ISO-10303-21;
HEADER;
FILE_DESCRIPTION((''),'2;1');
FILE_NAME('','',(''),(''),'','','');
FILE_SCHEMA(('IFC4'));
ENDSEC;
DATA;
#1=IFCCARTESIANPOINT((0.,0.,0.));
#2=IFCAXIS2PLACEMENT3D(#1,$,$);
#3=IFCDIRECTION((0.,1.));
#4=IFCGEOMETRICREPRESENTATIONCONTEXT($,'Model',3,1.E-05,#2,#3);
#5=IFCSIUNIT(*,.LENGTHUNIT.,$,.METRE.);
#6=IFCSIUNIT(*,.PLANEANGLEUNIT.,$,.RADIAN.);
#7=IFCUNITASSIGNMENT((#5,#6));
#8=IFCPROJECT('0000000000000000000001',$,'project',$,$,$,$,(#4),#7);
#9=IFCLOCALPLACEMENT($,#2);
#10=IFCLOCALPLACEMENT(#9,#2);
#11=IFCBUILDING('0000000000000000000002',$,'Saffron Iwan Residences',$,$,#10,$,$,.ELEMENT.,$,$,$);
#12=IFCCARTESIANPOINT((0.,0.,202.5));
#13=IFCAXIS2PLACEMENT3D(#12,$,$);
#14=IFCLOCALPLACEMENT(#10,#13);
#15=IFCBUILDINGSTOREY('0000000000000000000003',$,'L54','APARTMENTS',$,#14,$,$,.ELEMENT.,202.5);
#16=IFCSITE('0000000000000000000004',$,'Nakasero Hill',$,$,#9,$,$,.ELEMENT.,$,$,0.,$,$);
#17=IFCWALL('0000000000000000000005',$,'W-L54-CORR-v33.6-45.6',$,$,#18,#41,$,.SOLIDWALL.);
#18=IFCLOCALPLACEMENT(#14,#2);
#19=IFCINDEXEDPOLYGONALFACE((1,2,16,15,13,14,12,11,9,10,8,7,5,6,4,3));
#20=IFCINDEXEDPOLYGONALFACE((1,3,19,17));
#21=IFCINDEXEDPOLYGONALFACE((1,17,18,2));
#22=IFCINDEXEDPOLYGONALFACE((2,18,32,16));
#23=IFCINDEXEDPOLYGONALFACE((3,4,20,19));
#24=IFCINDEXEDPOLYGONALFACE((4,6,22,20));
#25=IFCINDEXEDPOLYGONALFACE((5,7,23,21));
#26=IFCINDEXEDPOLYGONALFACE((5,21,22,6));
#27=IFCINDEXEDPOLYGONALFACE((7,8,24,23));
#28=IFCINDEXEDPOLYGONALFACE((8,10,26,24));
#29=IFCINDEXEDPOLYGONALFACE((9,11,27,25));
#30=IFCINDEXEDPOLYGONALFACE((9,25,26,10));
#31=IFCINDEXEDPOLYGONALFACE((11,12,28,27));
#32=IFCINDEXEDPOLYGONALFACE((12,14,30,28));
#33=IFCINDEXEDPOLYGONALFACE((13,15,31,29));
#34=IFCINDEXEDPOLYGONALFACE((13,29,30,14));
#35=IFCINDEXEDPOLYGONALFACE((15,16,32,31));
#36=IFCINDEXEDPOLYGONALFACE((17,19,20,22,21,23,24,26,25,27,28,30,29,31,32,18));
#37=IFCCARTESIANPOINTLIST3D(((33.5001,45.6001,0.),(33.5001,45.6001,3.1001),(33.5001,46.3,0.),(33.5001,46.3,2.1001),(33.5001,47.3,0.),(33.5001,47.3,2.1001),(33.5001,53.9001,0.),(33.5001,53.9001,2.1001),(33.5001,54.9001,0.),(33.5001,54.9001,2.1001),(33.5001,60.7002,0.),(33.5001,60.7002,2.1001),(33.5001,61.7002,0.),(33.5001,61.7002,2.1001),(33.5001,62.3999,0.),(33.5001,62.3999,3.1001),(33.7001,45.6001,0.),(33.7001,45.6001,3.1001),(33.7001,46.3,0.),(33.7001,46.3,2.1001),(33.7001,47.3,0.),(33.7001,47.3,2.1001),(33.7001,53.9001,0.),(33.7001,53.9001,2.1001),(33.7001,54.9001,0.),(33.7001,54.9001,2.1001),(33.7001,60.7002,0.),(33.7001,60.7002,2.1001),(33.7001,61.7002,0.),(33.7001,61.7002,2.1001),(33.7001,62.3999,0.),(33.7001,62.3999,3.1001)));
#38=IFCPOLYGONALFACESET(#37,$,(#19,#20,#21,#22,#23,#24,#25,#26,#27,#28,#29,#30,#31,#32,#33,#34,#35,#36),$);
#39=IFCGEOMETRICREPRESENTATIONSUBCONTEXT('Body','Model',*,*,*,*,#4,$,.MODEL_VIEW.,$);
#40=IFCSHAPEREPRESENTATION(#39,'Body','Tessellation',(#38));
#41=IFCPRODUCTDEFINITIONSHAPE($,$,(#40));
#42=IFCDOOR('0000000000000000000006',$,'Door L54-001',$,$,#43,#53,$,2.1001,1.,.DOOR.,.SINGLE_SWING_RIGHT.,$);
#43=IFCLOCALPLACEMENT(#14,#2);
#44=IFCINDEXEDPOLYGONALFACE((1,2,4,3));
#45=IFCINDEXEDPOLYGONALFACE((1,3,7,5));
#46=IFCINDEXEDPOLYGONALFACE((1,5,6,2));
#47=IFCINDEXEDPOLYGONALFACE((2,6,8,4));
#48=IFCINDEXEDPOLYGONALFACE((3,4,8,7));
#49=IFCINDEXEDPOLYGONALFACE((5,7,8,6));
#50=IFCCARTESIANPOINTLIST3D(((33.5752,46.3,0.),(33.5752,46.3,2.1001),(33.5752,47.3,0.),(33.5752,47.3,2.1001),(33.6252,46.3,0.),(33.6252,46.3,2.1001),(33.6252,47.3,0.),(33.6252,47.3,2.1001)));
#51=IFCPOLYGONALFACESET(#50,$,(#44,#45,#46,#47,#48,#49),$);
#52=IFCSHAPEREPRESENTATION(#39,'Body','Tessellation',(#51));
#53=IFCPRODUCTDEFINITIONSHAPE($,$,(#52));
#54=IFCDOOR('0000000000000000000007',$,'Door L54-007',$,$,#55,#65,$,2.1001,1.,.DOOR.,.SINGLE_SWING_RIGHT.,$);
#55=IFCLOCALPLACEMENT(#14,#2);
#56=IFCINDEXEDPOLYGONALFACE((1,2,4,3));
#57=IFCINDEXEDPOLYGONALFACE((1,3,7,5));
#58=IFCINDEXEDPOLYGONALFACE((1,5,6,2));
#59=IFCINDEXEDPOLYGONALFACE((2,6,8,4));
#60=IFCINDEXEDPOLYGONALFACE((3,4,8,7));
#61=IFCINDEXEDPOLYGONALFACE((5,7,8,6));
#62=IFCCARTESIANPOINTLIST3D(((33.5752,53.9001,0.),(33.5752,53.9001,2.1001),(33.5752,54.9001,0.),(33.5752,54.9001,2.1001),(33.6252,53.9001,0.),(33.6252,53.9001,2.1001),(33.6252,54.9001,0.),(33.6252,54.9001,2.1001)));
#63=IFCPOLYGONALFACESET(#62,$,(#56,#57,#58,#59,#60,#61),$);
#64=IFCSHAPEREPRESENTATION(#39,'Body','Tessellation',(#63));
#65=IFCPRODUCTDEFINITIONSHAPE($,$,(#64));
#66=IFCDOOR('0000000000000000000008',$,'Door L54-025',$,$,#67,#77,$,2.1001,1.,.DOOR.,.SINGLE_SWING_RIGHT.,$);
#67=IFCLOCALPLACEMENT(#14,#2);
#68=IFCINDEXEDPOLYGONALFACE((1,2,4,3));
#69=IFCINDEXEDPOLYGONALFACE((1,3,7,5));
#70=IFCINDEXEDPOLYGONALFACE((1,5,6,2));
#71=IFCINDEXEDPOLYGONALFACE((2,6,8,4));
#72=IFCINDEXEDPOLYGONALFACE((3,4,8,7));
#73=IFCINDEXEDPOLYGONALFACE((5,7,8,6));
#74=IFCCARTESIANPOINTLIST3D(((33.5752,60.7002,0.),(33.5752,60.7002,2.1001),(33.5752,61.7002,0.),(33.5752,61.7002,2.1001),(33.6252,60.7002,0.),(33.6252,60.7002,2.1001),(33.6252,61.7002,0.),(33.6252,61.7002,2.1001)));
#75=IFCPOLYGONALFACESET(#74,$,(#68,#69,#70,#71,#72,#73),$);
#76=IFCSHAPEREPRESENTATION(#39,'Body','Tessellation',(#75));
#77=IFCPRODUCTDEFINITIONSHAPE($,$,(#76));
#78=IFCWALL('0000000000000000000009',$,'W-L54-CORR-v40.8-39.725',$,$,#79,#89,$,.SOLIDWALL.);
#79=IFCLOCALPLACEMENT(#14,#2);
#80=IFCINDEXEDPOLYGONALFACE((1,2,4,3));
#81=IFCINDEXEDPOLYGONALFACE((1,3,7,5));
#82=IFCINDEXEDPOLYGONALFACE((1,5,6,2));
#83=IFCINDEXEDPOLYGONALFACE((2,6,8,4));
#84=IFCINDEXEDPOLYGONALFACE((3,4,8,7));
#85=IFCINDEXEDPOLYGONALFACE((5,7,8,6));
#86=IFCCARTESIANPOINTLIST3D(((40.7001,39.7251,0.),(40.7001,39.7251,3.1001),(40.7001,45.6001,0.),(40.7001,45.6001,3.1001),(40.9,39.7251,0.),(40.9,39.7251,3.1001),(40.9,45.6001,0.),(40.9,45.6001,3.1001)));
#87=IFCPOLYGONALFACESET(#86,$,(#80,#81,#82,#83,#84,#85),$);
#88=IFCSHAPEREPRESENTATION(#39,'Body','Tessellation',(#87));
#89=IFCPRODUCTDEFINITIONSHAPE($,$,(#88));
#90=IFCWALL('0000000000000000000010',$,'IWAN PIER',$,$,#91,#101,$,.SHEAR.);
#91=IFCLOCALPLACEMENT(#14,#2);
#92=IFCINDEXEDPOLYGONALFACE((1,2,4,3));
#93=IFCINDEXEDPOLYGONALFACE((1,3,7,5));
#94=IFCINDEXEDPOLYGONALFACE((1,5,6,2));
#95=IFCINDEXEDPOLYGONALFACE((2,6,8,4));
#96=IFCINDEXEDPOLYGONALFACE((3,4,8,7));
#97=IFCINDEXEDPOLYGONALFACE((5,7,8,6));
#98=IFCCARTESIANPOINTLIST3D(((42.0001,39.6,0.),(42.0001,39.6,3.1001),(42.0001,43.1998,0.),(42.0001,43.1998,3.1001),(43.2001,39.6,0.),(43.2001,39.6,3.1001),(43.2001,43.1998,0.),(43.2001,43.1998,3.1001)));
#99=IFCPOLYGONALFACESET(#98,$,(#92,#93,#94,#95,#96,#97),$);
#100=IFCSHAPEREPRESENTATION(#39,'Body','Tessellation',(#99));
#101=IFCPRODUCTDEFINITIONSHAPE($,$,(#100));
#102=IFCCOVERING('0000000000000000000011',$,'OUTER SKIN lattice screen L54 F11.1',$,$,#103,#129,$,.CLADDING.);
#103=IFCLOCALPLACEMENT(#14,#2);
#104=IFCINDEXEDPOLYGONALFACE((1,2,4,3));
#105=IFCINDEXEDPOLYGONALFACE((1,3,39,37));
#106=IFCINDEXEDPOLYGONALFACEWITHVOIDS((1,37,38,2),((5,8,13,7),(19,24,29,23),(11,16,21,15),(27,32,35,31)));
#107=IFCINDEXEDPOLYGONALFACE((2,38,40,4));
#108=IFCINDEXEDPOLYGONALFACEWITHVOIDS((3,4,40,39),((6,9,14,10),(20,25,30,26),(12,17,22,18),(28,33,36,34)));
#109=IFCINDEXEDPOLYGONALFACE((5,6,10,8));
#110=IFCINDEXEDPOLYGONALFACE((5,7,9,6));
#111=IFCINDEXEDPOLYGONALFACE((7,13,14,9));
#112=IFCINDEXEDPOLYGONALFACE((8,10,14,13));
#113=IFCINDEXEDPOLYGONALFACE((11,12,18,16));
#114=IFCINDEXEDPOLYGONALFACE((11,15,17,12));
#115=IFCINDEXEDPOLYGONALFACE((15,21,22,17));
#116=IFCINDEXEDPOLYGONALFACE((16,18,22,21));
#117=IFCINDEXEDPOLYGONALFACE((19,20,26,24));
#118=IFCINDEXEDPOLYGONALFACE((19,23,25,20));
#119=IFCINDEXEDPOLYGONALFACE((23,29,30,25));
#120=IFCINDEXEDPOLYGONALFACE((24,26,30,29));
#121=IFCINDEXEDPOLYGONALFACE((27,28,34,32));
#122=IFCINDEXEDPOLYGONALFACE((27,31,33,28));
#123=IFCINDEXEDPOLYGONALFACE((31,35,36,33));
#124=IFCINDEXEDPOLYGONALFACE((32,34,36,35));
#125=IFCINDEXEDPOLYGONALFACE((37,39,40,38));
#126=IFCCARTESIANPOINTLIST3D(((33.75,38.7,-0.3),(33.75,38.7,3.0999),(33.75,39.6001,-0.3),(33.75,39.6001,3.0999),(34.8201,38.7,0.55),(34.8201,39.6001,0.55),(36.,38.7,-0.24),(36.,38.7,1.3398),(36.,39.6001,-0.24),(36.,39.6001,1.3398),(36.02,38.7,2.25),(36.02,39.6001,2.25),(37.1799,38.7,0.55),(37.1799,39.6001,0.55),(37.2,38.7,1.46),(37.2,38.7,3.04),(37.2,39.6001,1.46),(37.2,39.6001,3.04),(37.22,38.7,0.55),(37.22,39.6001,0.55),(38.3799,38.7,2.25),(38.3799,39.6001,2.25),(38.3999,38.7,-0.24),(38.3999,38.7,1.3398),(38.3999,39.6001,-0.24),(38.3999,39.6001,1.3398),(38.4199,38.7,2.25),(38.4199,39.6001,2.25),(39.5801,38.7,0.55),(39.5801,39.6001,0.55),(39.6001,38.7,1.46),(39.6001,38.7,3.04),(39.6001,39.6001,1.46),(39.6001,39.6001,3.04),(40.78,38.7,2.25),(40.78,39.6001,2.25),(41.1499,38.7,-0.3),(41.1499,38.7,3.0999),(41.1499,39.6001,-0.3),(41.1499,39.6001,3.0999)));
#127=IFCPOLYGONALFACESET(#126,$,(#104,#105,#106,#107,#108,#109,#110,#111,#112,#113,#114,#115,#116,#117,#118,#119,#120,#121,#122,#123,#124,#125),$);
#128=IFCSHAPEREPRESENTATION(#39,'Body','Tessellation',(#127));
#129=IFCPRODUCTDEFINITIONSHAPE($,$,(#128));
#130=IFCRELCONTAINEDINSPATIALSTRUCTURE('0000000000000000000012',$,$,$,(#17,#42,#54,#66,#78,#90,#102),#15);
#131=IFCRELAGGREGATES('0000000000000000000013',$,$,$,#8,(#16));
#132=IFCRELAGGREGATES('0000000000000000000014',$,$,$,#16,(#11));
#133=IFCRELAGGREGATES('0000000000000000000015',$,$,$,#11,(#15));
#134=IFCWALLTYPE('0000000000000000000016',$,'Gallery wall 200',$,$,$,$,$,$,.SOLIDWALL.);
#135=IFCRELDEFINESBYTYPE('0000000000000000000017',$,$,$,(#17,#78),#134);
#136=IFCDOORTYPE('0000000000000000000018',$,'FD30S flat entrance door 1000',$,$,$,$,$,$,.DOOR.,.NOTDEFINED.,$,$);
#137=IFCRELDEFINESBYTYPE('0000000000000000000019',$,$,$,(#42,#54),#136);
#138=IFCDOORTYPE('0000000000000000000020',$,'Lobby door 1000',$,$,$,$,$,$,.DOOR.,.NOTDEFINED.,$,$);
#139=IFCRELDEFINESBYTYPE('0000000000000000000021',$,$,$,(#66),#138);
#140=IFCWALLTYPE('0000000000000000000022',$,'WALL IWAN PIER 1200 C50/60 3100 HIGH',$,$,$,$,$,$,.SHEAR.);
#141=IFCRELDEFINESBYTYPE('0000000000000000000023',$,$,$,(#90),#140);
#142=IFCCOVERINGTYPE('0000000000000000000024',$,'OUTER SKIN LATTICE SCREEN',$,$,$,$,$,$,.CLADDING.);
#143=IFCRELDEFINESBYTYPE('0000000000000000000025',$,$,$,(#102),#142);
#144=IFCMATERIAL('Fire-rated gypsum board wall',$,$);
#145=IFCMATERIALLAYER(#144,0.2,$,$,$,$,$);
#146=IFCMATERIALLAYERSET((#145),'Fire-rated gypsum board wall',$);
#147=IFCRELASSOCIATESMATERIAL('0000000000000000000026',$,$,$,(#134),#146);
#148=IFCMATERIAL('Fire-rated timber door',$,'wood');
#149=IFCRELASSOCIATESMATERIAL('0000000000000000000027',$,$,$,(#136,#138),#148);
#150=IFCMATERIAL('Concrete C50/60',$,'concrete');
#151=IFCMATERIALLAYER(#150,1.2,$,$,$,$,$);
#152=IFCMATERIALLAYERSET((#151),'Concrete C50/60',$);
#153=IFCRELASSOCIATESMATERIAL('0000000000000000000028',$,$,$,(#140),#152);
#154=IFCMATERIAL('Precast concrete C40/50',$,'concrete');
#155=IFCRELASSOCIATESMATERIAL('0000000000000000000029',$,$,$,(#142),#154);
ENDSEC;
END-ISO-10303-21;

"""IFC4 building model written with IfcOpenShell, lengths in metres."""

from ifc_helpers import new_model, si_unit, direction, frame, frame_2d, origin, place, context, subcontext, project, spatial, polyline, rectangle, outline, extrude, material, layer, layer_set, type_object, element, fill, save


model = new_model("IFC4")

# Units and contexts
model_context = context("Model", 3, precision=1e-05, world=origin(), true_north=direction((0.0, 1.0)))
body_context = subcontext(model_context, "Body", "Model", "MODEL_VIEW")
ifc_project = project(units=[si_unit("LENGTHUNIT", "METRE"), si_unit("PLANEANGLEUNIT", "RADIAN")], contexts=[model_context])

# Site, building, storey
site_placement = place(None, origin())
site = spatial("IfcSite", under=ifc_project, at=site_placement, Name="Nakasero Hill", CompositionType="ELEMENT", RefElevation=0.0)
building_placement = place(site_placement, origin())
building = spatial("IfcBuilding", under=site, at=building_placement, Name="Saffron Iwan Residences", CompositionType="ELEMENT")
storey_placement = place(building_placement, frame((0.0, 0.0, 202.5)))
storey = spatial("IfcBuildingStorey", under=building, at=storey_placement, Name="L54", Description="APARTMENTS", CompositionType="ELEMENT", Elevation=202.5)

# Shared definitions
ifc_material_1 = material(Name="Concrete C50/60", Category="concrete")

# Shared definitions
ifc_material_2 = material(Name="Fire-rated gypsum board wall")
ifc_layer_1 = layer(ifc_material_2, 0.2)
ifc_layer_set_1 = layer_set([ifc_layer_1], Name="Fire-rated gypsum board wall")
wall_type_1 = type_object("IfcWallType", Name="Gallery wall 200", PredefinedType="SOLIDWALL", material=ifc_layer_set_1)

# Wall, openings, doors
wall_1_placement = place(storey_placement, frame((33.6001, 45.6001, 0.0), z_axis=(0.0, 0.0, 1.0), x_axis=(0.0, 1.0, 0.0)))
wall_1 = element("IfcWall", 1, at=wall_1_placement, inside=storey, type_object=wall_type_1, Name="W-L54-CORR-v33.6-45.6", PredefinedType="SOLIDWALL", context=body_context, shape_type="SweptSolid", body=[
    extrude(rectangle(XDim=16.7998, YDim=0.2, at=frame_2d((8.3999, 0.0))), origin(), (0.0, 0.0, 1.0), 3.1001),
])
opening_1_placement = place(wall_1_placement, frame((0.7, 0.0, 0.0)))
opening_1 = element("IfcOpeningElement", 2, at=opening_1_placement, cuts=wall_1, PredefinedType="OPENING", context=body_context, shape_type="SweptSolid", body=[
    extrude(rectangle(XDim=1.0, YDim=2.1001, at=frame_2d((0.5, 1.05))), frame((0.0, 0.1099, 0.0), z_axis=(0.0, -1.0, 0.0), x_axis=(1.0, 0.0, 0.0)), (0.0, 0.0, 1.0), 0.22),
])
opening_2_placement = place(wall_1_placement, frame((8.3, 0.0, 0.0)))
opening_2 = element("IfcOpeningElement", 3, at=opening_2_placement, cuts=wall_1, PredefinedType="OPENING", context=body_context, shape_type="SweptSolid", body=[
    extrude(rectangle(XDim=1.0, YDim=2.1001, at=frame_2d((0.5, 1.05))), frame((0.0, 0.1099, 0.0), z_axis=(0.0, -1.0, 0.0), x_axis=(1.0, 0.0, 0.0)), (0.0, 0.0, 1.0), 0.22),
])
opening_3_placement = place(wall_1_placement, frame((15.1001, 0.0, 0.0)))
opening_3 = element("IfcOpeningElement", 4, at=opening_3_placement, cuts=wall_1, PredefinedType="OPENING", context=body_context, shape_type="SweptSolid", body=[
    extrude(rectangle(XDim=1.0, YDim=2.1001, at=frame_2d((0.5, 1.05))), frame((0.0, 0.1099, 0.0), z_axis=(0.0, -1.0, 0.0), x_axis=(1.0, 0.0, 0.0)), (0.0, 0.0, 1.0), 0.22),
])
ifc_material_3 = material(Name="Fire-rated timber door", Category="wood")
door_type_1 = type_object("IfcDoorType", Name="FD30S flat entrance door 1000", OperationType="NOTDEFINED", PredefinedType="DOOR", material=ifc_material_3)
door_1_placement = place(opening_1_placement, origin())
door_1 = element("IfcDoor", 5, at=door_1_placement, inside=storey, type_object=door_type_1, Name="Door L54-001", OperationType="SINGLE_SWING_RIGHT", OverallHeight=2.1001, OverallWidth=1.0, PredefinedType="DOOR", context=body_context, shape_type="SweptSolid", body=[
    extrude(rectangle(XDim=1.0, YDim=2.1001, at=frame_2d((0.5, 1.05))), frame((0.0, 0.0249, 0.0), z_axis=(0.0, -1.0, 0.0), x_axis=(1.0, 0.0, 0.0)), (0.0, 0.0, 1.0), 0.05),
])
fill(opening_1, door_1)
door_2_placement = place(opening_2_placement, origin())
door_2 = element("IfcDoor", 6, at=door_2_placement, inside=storey, type_object=door_type_1, Name="Door L54-007", OperationType="SINGLE_SWING_RIGHT", OverallHeight=2.1001, OverallWidth=1.0, PredefinedType="DOOR", context=body_context, shape_type="SweptSolid", body=[
    extrude(rectangle(XDim=1.0, YDim=2.1001, at=frame_2d((0.5, 1.05))), frame((0.0, 0.0249, 0.0), z_axis=(0.0, -1.0, 0.0), x_axis=(1.0, 0.0, 0.0)), (0.0, 0.0, 1.0), 0.05),
])
fill(opening_2, door_2)
door_type_2 = type_object("IfcDoorType", Name="Lobby door 1000", OperationType="NOTDEFINED", PredefinedType="DOOR", material=ifc_material_3)
door_3_placement = place(opening_3_placement, origin())
door_3 = element("IfcDoor", 7, at=door_3_placement, inside=storey, type_object=door_type_2, Name="Door L54-025", OperationType="SINGLE_SWING_RIGHT", OverallHeight=2.1001, OverallWidth=1.0, PredefinedType="DOOR", context=body_context, shape_type="SweptSolid", body=[
    extrude(rectangle(XDim=1.0, YDim=2.1001, at=frame_2d((0.5, 1.05))), frame((0.0, 0.0249, 0.0), z_axis=(0.0, -1.0, 0.0), x_axis=(1.0, 0.0, 0.0)), (0.0, 0.0, 1.0), 0.05),
])
fill(opening_3, door_3)

# Walls
wall_2_placement = place(storey_placement, frame((40.8, 39.7251, 0.0), z_axis=(0.0, 0.0, 1.0), x_axis=(0.0, 1.0, 0.0)))
element("IfcWall", 8, at=wall_2_placement, inside=storey, type_object=wall_type_1, Name="W-L54-CORR-v40.8-39.725", PredefinedType="SOLIDWALL", context=body_context, shape_type="SweptSolid", body=[
    extrude(rectangle(XDim=5.875, YDim=0.2, at=frame_2d((2.9375, 0.0))), origin(), (0.0, 0.0, 1.0), 3.1001),
])
ifc_layer_2 = layer(ifc_material_1, 1.2)
ifc_layer_set_2 = layer_set([ifc_layer_2], Name="Concrete C50/60")
wall_type_2 = type_object("IfcWallType", Name="WALL IWAN PIER 1200 C50/60 3100 HIGH", PredefinedType="SHEAR", material=ifc_layer_set_2)
wall_3_placement = place(storey_placement, frame((42.6001, 39.6001, 0.0), z_axis=(0.0, 0.0, 1.0), x_axis=(0.0, 1.0, 0.0)))
element("IfcWall", 9, at=wall_3_placement, inside=storey, type_object=wall_type_2, Name="IWAN PIER", PredefinedType="SHEAR", context=body_context, shape_type="SweptSolid", body=[
    extrude(rectangle(XDim=3.5999, YDim=1.2, at=frame_2d((1.7998, 0.0))), origin(), (0.0, 0.0, 1.0), 3.1001),
])

# Covering
ifc_material_4 = material(Name="Precast concrete C40/50", Category="concrete")
covering_type = type_object("IfcCoveringType", Name="OUTER SKIN LATTICE SCREEN", PredefinedType="CLADDING", material=ifc_material_4)
covering_placement = place(storey_placement, frame((33.75, 39.6001, -0.3), z_axis=(0.0, -1.0, 0.0), x_axis=(1.0, 0.0, 0.0)))
element("IfcCovering", 10, at=covering_placement, inside=storey, type_object=covering_type, Name="OUTER SKIN lattice screen L54 F11.1", PredefinedType="CLADDING", context=body_context, shape_type="SweptSolid", body=[
    extrude(outline(polyline([(0.0, 0.0), (7.3999, 0.0), (7.3999, 3.3999), (0.0, 3.3999), (0.0, 0.0)]), holes=[polyline([(1.0701, 0.8501), (2.25, 0.0601), (3.4299, 0.8501), (2.25, 1.6399), (1.0701, 0.8501)]), polyline([(3.47, 0.8501), (4.6499, 0.0601), (5.8301, 0.8501), (4.6499, 1.6399), (3.47, 0.8501)]), polyline([(2.27, 2.55), (3.45, 1.76), (4.6299, 2.55), (3.45, 3.3401), (2.27, 2.55)]), polyline([(4.6699, 2.55), (5.8501, 1.76), (7.03, 2.55), (5.8501, 3.3401), (4.6699, 2.55)])]), origin(), (0.0, 0.0, 1.0), 0.9001),
])

save(model, "model.ifc")
